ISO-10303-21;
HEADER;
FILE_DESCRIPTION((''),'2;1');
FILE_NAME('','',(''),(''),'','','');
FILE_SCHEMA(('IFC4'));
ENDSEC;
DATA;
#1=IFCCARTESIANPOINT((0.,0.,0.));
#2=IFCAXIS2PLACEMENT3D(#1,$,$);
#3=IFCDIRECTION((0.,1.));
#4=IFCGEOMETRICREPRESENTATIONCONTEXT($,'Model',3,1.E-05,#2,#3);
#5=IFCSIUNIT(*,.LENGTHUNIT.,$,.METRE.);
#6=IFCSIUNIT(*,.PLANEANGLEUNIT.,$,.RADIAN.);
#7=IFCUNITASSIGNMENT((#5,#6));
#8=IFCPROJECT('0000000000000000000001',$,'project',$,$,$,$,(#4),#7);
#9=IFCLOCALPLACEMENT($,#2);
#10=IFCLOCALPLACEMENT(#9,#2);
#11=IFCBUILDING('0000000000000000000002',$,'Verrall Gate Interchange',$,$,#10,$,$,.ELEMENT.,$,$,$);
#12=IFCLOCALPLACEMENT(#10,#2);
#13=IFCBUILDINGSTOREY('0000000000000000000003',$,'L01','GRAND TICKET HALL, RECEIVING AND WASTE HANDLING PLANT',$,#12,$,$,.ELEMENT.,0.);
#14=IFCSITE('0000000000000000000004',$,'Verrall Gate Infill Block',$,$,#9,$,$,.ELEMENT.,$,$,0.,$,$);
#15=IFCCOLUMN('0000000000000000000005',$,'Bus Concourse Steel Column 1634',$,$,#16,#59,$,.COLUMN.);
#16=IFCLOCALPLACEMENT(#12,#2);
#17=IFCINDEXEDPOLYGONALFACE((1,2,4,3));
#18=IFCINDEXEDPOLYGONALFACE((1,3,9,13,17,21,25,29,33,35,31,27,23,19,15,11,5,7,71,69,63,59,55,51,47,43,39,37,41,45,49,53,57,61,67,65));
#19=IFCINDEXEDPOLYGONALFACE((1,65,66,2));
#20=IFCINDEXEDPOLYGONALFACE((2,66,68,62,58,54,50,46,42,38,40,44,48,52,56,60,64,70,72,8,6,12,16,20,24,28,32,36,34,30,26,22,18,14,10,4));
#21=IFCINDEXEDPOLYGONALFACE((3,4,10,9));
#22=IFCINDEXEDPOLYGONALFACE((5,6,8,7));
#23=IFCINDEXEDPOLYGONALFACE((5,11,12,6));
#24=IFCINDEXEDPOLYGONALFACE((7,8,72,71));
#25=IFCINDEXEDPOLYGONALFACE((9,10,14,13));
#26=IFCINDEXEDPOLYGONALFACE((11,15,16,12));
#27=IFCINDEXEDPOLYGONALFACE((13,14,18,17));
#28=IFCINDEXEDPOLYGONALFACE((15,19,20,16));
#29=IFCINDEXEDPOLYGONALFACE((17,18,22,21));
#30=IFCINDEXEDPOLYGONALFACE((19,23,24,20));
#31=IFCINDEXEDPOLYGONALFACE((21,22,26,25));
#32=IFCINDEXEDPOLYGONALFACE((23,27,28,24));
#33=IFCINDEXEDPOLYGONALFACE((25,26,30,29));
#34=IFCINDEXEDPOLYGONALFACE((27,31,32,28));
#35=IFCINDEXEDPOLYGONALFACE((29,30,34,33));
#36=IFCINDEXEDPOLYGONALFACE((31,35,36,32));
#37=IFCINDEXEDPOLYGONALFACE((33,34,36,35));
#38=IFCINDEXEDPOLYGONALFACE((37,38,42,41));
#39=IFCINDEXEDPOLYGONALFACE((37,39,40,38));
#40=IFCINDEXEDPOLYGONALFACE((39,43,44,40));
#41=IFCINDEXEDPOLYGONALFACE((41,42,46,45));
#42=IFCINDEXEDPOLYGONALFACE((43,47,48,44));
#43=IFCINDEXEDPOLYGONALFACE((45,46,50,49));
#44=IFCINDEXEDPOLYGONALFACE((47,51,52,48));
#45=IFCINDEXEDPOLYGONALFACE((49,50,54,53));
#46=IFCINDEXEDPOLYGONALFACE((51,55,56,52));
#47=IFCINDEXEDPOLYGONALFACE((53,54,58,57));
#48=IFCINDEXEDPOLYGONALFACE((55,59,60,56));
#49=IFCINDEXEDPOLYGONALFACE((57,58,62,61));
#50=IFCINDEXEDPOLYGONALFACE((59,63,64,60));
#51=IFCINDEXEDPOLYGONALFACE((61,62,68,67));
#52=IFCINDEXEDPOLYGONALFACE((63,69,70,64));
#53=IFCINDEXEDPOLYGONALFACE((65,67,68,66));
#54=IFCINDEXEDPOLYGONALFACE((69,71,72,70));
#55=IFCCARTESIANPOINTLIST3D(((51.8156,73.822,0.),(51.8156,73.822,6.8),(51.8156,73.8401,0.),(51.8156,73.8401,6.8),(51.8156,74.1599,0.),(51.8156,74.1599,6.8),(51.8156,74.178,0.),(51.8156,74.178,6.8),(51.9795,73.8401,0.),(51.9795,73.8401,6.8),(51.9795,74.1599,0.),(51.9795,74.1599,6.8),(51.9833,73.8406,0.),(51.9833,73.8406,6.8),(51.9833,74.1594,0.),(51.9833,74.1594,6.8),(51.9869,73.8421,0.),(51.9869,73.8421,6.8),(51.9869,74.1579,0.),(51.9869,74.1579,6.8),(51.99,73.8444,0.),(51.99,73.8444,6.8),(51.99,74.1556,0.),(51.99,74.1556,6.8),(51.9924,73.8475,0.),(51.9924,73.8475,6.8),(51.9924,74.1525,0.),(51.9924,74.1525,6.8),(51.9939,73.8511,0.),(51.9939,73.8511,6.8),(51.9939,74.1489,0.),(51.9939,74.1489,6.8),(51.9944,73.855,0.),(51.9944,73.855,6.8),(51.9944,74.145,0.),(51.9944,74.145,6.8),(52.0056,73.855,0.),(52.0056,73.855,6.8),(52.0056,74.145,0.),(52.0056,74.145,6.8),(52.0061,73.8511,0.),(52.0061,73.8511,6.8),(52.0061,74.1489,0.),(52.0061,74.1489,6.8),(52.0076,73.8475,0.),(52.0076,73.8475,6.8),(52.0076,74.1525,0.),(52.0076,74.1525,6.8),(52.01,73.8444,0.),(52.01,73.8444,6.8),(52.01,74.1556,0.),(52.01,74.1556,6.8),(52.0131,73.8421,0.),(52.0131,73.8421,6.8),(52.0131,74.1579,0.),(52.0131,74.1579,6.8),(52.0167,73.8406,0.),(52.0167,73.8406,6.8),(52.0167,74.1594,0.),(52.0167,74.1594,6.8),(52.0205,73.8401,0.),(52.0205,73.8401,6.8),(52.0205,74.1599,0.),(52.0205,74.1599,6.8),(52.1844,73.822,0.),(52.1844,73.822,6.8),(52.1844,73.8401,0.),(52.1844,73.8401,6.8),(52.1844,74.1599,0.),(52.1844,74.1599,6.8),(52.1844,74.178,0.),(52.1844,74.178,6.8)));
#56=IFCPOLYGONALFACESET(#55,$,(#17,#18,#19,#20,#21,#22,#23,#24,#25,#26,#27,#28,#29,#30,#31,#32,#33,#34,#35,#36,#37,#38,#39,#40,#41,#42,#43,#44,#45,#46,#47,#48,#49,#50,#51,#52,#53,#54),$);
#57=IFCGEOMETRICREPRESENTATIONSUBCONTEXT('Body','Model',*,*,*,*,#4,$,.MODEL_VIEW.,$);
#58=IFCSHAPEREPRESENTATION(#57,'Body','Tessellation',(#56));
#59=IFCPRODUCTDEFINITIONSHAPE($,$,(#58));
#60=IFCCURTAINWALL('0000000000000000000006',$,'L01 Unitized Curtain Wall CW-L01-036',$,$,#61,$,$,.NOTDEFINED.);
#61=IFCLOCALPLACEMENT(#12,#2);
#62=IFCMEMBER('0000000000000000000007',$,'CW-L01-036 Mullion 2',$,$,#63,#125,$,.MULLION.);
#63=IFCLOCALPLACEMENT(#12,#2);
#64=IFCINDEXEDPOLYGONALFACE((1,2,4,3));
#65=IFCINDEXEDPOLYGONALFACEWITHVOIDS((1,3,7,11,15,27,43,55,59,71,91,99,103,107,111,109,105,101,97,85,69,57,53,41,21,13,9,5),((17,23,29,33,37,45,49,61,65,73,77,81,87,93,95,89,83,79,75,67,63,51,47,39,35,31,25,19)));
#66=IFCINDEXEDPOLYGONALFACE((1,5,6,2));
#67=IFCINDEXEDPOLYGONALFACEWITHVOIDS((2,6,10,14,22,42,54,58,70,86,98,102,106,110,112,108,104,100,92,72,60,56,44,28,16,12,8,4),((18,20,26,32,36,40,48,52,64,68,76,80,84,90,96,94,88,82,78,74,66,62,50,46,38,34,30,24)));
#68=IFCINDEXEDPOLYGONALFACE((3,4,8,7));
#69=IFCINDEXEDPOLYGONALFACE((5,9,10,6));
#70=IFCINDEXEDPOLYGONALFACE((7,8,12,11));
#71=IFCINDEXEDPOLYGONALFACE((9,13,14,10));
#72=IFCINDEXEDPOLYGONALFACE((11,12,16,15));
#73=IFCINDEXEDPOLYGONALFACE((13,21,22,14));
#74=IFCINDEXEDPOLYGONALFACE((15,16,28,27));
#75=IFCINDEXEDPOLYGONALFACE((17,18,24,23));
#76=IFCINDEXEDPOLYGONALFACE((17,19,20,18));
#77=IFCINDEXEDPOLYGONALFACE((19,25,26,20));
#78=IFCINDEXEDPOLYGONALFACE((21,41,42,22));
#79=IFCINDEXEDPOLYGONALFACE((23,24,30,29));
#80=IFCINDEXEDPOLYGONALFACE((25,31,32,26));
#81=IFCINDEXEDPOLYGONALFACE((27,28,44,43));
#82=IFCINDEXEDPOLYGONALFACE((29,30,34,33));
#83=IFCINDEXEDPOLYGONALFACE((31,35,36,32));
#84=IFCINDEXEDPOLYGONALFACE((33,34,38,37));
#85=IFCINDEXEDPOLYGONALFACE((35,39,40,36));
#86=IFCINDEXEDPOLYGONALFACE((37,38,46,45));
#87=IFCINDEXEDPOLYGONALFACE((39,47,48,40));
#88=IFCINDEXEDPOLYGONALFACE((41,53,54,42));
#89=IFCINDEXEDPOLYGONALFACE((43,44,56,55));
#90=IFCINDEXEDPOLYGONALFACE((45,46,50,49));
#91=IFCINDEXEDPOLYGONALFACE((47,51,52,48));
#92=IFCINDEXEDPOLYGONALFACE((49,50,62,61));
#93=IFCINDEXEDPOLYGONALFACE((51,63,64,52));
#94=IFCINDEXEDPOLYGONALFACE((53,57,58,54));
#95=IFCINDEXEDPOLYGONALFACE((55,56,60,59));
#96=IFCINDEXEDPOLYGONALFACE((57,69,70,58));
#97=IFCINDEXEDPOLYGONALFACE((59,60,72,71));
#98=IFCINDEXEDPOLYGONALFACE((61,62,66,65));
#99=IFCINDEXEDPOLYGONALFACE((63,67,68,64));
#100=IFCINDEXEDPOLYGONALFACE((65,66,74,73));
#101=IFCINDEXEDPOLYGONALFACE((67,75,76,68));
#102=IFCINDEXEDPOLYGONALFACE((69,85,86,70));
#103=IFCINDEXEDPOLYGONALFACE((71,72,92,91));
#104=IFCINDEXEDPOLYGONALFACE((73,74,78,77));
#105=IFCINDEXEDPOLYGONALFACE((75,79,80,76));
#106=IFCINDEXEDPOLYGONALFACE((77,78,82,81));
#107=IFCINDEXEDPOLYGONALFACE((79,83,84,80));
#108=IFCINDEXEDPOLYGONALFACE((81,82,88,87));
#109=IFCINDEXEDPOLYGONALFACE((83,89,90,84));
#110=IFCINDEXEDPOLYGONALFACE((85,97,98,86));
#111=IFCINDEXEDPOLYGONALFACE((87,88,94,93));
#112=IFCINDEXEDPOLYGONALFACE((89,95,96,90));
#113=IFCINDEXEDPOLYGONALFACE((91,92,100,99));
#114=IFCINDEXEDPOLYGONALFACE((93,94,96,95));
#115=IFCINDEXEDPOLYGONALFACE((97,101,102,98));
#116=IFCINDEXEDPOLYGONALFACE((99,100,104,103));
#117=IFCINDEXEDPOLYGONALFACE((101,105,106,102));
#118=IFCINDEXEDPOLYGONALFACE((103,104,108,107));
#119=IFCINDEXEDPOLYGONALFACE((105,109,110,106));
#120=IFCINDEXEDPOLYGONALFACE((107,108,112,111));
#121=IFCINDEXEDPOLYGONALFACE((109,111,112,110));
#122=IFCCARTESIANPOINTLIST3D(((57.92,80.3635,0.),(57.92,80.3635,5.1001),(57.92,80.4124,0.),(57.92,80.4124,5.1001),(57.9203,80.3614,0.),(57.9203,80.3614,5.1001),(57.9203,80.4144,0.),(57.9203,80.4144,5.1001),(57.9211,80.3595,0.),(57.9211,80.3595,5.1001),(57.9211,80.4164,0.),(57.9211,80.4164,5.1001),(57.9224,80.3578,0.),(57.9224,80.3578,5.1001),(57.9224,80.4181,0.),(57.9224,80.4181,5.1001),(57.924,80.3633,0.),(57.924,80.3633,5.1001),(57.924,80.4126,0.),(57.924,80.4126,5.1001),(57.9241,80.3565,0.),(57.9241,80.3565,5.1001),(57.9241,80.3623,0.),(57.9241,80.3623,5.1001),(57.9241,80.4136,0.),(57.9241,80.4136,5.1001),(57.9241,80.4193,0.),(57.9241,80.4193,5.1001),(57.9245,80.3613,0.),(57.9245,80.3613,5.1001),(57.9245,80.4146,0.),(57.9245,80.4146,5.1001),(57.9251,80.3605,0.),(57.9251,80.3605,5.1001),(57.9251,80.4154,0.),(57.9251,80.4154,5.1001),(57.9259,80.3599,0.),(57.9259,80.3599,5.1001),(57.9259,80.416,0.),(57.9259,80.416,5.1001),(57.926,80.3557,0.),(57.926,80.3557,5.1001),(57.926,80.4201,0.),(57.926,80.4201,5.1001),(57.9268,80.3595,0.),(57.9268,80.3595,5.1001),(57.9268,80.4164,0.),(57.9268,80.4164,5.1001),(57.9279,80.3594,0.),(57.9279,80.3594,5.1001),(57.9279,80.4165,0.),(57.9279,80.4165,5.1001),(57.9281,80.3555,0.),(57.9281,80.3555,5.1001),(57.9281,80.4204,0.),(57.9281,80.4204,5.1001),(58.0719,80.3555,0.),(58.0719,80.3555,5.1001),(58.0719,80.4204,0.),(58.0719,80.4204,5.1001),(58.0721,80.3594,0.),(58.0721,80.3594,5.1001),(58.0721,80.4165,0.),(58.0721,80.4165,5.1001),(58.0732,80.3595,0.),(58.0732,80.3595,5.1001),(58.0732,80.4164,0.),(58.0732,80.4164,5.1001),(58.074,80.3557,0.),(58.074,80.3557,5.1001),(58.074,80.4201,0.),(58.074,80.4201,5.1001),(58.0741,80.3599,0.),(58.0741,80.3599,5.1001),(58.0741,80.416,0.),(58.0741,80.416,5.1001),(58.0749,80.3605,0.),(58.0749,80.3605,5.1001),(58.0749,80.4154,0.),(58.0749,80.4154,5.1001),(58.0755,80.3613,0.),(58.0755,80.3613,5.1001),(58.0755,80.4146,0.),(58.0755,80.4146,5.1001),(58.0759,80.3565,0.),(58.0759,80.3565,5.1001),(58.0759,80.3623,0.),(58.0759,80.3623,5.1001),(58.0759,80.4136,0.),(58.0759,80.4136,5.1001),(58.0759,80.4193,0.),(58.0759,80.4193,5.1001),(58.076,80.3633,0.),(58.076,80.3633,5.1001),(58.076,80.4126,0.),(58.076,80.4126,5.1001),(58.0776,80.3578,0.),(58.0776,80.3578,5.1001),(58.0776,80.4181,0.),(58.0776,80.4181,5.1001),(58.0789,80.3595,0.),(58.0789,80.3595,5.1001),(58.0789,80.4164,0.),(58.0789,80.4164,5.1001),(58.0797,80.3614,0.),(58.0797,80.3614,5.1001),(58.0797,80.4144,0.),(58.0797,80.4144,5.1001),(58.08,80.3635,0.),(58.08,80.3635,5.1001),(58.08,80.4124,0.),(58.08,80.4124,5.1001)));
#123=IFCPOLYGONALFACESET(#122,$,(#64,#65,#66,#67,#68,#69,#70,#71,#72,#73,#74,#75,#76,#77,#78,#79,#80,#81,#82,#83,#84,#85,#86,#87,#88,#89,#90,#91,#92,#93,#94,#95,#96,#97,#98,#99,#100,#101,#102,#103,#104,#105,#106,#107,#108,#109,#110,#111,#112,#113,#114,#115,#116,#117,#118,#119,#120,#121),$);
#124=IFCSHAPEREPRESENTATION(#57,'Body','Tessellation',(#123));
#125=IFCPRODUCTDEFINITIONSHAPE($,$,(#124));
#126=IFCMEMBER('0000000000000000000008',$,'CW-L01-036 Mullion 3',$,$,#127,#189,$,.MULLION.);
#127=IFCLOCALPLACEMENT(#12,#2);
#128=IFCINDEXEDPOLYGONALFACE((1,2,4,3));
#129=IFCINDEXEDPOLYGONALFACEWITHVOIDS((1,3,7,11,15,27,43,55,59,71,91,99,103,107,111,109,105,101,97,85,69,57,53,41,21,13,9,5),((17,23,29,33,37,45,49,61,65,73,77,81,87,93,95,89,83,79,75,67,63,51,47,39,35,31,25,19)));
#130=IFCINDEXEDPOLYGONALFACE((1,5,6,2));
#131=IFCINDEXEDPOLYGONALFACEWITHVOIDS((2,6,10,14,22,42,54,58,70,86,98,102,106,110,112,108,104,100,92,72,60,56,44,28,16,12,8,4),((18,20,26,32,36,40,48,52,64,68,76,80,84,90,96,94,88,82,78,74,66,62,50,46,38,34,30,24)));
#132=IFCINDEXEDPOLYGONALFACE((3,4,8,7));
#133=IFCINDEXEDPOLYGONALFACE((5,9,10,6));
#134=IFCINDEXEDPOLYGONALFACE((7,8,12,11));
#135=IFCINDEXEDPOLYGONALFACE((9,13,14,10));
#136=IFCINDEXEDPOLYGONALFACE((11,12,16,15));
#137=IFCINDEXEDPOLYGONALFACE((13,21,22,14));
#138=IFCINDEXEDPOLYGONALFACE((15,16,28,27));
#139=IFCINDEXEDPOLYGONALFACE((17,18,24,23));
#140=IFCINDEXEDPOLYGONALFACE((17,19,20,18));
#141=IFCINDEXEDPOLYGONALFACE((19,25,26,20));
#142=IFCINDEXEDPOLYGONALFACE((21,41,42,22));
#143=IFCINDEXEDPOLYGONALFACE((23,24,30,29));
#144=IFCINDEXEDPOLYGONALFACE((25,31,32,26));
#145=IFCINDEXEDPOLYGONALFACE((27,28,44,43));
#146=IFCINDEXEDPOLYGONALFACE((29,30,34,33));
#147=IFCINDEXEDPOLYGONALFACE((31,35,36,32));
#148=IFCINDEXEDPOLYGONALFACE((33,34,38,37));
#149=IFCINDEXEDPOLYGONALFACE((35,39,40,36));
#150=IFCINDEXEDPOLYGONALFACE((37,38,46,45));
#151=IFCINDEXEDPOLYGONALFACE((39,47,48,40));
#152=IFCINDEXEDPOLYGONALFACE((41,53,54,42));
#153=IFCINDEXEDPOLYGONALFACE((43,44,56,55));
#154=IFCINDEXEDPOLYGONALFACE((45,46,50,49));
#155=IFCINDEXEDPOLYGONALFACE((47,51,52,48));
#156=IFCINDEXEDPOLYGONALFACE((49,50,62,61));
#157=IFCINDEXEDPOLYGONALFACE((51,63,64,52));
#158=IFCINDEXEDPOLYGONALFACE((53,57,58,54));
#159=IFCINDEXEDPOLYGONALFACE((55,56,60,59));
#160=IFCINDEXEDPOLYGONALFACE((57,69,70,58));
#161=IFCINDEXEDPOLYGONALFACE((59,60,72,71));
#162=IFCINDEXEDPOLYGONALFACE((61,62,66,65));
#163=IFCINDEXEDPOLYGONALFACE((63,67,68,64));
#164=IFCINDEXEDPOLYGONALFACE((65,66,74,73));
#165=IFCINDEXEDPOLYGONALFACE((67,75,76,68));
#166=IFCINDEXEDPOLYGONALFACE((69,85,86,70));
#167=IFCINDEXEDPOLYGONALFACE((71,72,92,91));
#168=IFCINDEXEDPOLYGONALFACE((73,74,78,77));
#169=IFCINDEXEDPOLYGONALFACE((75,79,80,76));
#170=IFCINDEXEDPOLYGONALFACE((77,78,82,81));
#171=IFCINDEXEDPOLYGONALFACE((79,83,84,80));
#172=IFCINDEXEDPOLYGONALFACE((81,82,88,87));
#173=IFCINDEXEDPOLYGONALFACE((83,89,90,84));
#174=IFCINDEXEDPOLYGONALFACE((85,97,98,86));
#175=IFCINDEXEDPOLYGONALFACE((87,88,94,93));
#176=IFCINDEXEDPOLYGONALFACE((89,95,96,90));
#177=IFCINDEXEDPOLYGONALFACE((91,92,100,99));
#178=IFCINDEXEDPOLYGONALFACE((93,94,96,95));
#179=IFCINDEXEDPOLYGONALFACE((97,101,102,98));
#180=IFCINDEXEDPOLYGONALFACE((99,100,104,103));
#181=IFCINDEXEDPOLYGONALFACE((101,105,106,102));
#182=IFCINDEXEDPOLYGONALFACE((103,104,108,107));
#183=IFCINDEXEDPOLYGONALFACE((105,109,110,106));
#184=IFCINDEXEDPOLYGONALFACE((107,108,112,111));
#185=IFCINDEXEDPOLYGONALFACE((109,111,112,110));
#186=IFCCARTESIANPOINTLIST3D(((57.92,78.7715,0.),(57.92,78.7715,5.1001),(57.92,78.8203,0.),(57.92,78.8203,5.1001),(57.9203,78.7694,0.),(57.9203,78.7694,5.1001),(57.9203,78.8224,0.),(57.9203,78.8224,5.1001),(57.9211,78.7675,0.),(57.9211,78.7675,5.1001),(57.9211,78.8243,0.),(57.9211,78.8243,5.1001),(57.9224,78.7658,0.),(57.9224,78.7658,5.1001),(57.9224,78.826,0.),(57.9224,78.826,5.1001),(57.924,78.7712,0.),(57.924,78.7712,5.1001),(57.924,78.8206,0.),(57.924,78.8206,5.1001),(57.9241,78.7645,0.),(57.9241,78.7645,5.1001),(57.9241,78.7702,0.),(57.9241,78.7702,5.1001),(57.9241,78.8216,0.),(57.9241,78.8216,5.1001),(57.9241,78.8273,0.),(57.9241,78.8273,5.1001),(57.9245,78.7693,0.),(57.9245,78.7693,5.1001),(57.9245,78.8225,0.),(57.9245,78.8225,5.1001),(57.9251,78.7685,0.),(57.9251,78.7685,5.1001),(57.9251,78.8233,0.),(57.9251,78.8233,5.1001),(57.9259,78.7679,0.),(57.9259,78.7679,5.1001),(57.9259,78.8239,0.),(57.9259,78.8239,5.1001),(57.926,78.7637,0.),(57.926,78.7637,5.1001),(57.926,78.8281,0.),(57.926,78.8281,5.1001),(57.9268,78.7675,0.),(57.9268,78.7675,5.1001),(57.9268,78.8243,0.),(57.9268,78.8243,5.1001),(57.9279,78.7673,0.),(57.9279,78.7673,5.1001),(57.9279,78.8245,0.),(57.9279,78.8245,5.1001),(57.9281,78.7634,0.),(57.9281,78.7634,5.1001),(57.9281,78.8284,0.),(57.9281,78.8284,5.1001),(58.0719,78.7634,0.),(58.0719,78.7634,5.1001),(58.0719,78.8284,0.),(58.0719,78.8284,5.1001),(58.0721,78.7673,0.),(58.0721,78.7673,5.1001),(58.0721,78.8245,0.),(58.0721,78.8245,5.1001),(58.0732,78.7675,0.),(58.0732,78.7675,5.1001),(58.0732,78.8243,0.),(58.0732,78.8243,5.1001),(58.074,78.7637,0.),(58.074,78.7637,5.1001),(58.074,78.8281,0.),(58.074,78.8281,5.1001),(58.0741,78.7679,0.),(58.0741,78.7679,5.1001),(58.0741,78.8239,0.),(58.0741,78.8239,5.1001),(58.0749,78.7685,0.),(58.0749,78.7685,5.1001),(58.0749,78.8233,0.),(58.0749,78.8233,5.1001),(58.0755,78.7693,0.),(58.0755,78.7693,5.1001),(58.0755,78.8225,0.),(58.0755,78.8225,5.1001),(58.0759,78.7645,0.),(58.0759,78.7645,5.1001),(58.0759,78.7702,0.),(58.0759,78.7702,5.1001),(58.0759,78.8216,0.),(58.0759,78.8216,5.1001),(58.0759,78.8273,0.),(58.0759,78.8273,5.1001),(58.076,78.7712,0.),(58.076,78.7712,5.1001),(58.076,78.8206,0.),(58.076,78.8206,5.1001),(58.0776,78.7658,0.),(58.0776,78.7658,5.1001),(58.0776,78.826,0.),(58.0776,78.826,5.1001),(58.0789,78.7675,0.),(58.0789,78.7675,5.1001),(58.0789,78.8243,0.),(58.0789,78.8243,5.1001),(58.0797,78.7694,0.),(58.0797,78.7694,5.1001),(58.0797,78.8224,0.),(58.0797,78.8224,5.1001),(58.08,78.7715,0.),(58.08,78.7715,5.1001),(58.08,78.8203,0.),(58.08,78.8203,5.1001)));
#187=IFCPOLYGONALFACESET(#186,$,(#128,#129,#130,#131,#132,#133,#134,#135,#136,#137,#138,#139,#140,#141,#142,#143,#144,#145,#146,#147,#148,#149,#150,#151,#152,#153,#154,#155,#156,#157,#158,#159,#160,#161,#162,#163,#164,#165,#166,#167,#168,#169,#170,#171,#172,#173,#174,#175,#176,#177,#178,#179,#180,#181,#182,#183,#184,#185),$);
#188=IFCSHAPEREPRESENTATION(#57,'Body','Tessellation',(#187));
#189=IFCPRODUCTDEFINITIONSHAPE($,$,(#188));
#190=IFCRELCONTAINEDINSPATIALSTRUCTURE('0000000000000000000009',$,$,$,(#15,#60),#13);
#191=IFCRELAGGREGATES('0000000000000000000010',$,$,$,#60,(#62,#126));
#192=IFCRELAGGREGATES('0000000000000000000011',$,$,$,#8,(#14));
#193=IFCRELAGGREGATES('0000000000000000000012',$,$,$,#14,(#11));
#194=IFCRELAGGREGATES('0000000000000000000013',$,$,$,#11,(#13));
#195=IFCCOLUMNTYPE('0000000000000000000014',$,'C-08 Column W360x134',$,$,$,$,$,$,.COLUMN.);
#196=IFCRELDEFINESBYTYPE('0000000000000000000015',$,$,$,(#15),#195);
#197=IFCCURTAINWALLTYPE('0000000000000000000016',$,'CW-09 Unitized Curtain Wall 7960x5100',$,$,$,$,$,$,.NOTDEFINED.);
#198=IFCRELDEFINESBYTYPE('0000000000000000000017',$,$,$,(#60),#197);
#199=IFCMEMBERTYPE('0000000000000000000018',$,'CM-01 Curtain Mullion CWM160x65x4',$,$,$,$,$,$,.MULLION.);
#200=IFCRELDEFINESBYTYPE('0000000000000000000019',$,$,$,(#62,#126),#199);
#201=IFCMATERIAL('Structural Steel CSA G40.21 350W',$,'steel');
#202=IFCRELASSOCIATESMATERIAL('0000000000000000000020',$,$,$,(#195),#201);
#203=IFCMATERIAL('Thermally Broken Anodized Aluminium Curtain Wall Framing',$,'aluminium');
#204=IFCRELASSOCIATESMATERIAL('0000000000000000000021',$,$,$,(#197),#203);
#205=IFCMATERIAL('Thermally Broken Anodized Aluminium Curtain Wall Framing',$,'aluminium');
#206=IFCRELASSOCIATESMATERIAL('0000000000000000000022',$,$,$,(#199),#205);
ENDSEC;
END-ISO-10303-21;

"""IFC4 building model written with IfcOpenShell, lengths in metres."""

from ifc_helpers import new_model, si_unit, direction, frame, origin, origin_2d, place, context, subcontext, project, spatial, hollow_rectangle, i_section, extrude, material, material_profile, profile_set, type_object, element, aggregate, save


model = new_model("IFC4")

# Units and contexts
model_context = context("Model", 3, precision=1e-05, world=origin(), true_north=direction((0.0, 1.0)))
body_context = subcontext(model_context, "Body", "Model", "MODEL_VIEW")
ifc_project = project(units=[si_unit("LENGTHUNIT", "METRE"), si_unit("PLANEANGLEUNIT", "RADIAN")], contexts=[model_context])

# Site, building, storey
site_placement = place(None, origin())
site = spatial("IfcSite", under=ifc_project, at=site_placement, Name="Verrall Gate Infill Block", CompositionType="ELEMENT", RefElevation=0.0)
building_placement = place(site_placement, origin())
building = spatial("IfcBuilding", under=site, at=building_placement, Name="Verrall Gate Interchange", CompositionType="ELEMENT")
storey_placement = place(building_placement, origin())
storey = spatial("IfcBuildingStorey", under=building, at=storey_placement, Name="L01", Description="GRAND TICKET HALL, RECEIVING AND WASTE HANDLING PLANT", CompositionType="ELEMENT", Elevation=0.0)

# Column
ifc_material_1 = material(Name="Structural Steel CSA G40.21 350W", Category="steel")
ifc_material_profile_1 = material_profile(ifc_material_1, i_section(OverallWidth=0.3689, OverallDepth=0.356, WebThickness=0.0112, FlangeThickness=0.0181, FilletRadius=0.0149, at=origin_2d()), Name="W360x134")
ifc_profile_set_1 = profile_set([ifc_material_profile_1], Name="Structural Steel CSA G40.21 350W")
column_type = type_object("IfcColumnType", Name="C-08 Column W360x134", PredefinedType="COLUMN", material=ifc_profile_set_1)
column_placement = place(storey_placement, frame((52.0, 74.0, 0.0), z_axis=(0.0, 0.0, 1.0), x_axis=(1.0, 0.0, 0.0)))
element("IfcColumn", 1, at=column_placement, inside=storey, type_object=column_type, Name="Bus Concourse Steel Column 1634", PredefinedType="COLUMN", context=body_context, shape_type="SweptSolid", body=[
    extrude(i_section(OverallWidth=0.3689, OverallDepth=0.356, WebThickness=0.0112, FlangeThickness=0.0181, FilletRadius=0.0149, at=origin_2d()), origin(), (0.0, 0.0, 1.0), 6.8),
])

# Curtain wall, members
ifc_material_2 = material(Name="Thermally Broken Anodized Aluminium Curtain Wall Framing", Category="aluminium")
curtain_wall_type = type_object("IfcCurtainWallType", Name="CW-09 Unitized Curtain Wall 7960x5100", PredefinedType="NOTDEFINED", material=ifc_material_2)
curtain_wall_placement = place(storey_placement, origin())
curtain_wall = element("IfcCurtainWall", 2, at=curtain_wall_placement, inside=storey, type_object=curtain_wall_type, Name="L01 Unitized Curtain Wall CW-L01-036", PredefinedType="NOTDEFINED")
ifc_material_3 = material(Name="Thermally Broken Anodized Aluminium Curtain Wall Framing", Category="aluminium")
ifc_material_profile_2 = material_profile(ifc_material_3, hollow_rectangle(XDim=0.0649, YDim=0.1599, WallThickness=0.0039, InnerFilletRadius=0.0039, OuterFilletRadius=0.0081, at=origin_2d()), Name="CWM160x65x4")
ifc_profile_set_2 = profile_set([ifc_material_profile_2], Name="Thermally Broken Anodized Aluminium Curtain Wall Framing")
member_type = type_object("IfcMemberType", Name="CM-01 Curtain Mullion CWM160x65x4", PredefinedType="MULLION", material=ifc_profile_set_2)
member_1_placement = place(storey_placement, frame((58.0, 80.3879, 0.0), z_axis=(0.0, 0.0, 1.0), x_axis=(0.0, -1.0, 0.0)))
member_1 = element("IfcMember", 3, at=member_1_placement, type_object=member_type, Name="CW-L01-036 Mullion 2", PredefinedType="MULLION", context=body_context, shape_type="SweptSolid", body=[
    extrude(hollow_rectangle(XDim=0.0649, YDim=0.1599, WallThickness=0.0039, InnerFilletRadius=0.0039, OuterFilletRadius=0.0081, at=origin_2d()), origin(), (0.0, 0.0, 1.0), 5.1001),
])
member_2_placement = place(storey_placement, frame((58.0, 78.7959, 0.0), z_axis=(0.0, 0.0, 1.0), x_axis=(0.0, -1.0, 0.0)))
member_2 = element("IfcMember", 4, at=member_2_placement, type_object=member_type, Name="CW-L01-036 Mullion 3", PredefinedType="MULLION", context=body_context, shape_type="SweptSolid", body=[
    extrude(hollow_rectangle(XDim=0.0649, YDim=0.1599, WallThickness=0.0039, InnerFilletRadius=0.0039, OuterFilletRadius=0.0081, at=origin_2d()), origin(), (0.0, 0.0, 1.0), 5.1001),
])

aggregate(curtain_wall, [member_1, member_2])

save(model, "model.ifc")
